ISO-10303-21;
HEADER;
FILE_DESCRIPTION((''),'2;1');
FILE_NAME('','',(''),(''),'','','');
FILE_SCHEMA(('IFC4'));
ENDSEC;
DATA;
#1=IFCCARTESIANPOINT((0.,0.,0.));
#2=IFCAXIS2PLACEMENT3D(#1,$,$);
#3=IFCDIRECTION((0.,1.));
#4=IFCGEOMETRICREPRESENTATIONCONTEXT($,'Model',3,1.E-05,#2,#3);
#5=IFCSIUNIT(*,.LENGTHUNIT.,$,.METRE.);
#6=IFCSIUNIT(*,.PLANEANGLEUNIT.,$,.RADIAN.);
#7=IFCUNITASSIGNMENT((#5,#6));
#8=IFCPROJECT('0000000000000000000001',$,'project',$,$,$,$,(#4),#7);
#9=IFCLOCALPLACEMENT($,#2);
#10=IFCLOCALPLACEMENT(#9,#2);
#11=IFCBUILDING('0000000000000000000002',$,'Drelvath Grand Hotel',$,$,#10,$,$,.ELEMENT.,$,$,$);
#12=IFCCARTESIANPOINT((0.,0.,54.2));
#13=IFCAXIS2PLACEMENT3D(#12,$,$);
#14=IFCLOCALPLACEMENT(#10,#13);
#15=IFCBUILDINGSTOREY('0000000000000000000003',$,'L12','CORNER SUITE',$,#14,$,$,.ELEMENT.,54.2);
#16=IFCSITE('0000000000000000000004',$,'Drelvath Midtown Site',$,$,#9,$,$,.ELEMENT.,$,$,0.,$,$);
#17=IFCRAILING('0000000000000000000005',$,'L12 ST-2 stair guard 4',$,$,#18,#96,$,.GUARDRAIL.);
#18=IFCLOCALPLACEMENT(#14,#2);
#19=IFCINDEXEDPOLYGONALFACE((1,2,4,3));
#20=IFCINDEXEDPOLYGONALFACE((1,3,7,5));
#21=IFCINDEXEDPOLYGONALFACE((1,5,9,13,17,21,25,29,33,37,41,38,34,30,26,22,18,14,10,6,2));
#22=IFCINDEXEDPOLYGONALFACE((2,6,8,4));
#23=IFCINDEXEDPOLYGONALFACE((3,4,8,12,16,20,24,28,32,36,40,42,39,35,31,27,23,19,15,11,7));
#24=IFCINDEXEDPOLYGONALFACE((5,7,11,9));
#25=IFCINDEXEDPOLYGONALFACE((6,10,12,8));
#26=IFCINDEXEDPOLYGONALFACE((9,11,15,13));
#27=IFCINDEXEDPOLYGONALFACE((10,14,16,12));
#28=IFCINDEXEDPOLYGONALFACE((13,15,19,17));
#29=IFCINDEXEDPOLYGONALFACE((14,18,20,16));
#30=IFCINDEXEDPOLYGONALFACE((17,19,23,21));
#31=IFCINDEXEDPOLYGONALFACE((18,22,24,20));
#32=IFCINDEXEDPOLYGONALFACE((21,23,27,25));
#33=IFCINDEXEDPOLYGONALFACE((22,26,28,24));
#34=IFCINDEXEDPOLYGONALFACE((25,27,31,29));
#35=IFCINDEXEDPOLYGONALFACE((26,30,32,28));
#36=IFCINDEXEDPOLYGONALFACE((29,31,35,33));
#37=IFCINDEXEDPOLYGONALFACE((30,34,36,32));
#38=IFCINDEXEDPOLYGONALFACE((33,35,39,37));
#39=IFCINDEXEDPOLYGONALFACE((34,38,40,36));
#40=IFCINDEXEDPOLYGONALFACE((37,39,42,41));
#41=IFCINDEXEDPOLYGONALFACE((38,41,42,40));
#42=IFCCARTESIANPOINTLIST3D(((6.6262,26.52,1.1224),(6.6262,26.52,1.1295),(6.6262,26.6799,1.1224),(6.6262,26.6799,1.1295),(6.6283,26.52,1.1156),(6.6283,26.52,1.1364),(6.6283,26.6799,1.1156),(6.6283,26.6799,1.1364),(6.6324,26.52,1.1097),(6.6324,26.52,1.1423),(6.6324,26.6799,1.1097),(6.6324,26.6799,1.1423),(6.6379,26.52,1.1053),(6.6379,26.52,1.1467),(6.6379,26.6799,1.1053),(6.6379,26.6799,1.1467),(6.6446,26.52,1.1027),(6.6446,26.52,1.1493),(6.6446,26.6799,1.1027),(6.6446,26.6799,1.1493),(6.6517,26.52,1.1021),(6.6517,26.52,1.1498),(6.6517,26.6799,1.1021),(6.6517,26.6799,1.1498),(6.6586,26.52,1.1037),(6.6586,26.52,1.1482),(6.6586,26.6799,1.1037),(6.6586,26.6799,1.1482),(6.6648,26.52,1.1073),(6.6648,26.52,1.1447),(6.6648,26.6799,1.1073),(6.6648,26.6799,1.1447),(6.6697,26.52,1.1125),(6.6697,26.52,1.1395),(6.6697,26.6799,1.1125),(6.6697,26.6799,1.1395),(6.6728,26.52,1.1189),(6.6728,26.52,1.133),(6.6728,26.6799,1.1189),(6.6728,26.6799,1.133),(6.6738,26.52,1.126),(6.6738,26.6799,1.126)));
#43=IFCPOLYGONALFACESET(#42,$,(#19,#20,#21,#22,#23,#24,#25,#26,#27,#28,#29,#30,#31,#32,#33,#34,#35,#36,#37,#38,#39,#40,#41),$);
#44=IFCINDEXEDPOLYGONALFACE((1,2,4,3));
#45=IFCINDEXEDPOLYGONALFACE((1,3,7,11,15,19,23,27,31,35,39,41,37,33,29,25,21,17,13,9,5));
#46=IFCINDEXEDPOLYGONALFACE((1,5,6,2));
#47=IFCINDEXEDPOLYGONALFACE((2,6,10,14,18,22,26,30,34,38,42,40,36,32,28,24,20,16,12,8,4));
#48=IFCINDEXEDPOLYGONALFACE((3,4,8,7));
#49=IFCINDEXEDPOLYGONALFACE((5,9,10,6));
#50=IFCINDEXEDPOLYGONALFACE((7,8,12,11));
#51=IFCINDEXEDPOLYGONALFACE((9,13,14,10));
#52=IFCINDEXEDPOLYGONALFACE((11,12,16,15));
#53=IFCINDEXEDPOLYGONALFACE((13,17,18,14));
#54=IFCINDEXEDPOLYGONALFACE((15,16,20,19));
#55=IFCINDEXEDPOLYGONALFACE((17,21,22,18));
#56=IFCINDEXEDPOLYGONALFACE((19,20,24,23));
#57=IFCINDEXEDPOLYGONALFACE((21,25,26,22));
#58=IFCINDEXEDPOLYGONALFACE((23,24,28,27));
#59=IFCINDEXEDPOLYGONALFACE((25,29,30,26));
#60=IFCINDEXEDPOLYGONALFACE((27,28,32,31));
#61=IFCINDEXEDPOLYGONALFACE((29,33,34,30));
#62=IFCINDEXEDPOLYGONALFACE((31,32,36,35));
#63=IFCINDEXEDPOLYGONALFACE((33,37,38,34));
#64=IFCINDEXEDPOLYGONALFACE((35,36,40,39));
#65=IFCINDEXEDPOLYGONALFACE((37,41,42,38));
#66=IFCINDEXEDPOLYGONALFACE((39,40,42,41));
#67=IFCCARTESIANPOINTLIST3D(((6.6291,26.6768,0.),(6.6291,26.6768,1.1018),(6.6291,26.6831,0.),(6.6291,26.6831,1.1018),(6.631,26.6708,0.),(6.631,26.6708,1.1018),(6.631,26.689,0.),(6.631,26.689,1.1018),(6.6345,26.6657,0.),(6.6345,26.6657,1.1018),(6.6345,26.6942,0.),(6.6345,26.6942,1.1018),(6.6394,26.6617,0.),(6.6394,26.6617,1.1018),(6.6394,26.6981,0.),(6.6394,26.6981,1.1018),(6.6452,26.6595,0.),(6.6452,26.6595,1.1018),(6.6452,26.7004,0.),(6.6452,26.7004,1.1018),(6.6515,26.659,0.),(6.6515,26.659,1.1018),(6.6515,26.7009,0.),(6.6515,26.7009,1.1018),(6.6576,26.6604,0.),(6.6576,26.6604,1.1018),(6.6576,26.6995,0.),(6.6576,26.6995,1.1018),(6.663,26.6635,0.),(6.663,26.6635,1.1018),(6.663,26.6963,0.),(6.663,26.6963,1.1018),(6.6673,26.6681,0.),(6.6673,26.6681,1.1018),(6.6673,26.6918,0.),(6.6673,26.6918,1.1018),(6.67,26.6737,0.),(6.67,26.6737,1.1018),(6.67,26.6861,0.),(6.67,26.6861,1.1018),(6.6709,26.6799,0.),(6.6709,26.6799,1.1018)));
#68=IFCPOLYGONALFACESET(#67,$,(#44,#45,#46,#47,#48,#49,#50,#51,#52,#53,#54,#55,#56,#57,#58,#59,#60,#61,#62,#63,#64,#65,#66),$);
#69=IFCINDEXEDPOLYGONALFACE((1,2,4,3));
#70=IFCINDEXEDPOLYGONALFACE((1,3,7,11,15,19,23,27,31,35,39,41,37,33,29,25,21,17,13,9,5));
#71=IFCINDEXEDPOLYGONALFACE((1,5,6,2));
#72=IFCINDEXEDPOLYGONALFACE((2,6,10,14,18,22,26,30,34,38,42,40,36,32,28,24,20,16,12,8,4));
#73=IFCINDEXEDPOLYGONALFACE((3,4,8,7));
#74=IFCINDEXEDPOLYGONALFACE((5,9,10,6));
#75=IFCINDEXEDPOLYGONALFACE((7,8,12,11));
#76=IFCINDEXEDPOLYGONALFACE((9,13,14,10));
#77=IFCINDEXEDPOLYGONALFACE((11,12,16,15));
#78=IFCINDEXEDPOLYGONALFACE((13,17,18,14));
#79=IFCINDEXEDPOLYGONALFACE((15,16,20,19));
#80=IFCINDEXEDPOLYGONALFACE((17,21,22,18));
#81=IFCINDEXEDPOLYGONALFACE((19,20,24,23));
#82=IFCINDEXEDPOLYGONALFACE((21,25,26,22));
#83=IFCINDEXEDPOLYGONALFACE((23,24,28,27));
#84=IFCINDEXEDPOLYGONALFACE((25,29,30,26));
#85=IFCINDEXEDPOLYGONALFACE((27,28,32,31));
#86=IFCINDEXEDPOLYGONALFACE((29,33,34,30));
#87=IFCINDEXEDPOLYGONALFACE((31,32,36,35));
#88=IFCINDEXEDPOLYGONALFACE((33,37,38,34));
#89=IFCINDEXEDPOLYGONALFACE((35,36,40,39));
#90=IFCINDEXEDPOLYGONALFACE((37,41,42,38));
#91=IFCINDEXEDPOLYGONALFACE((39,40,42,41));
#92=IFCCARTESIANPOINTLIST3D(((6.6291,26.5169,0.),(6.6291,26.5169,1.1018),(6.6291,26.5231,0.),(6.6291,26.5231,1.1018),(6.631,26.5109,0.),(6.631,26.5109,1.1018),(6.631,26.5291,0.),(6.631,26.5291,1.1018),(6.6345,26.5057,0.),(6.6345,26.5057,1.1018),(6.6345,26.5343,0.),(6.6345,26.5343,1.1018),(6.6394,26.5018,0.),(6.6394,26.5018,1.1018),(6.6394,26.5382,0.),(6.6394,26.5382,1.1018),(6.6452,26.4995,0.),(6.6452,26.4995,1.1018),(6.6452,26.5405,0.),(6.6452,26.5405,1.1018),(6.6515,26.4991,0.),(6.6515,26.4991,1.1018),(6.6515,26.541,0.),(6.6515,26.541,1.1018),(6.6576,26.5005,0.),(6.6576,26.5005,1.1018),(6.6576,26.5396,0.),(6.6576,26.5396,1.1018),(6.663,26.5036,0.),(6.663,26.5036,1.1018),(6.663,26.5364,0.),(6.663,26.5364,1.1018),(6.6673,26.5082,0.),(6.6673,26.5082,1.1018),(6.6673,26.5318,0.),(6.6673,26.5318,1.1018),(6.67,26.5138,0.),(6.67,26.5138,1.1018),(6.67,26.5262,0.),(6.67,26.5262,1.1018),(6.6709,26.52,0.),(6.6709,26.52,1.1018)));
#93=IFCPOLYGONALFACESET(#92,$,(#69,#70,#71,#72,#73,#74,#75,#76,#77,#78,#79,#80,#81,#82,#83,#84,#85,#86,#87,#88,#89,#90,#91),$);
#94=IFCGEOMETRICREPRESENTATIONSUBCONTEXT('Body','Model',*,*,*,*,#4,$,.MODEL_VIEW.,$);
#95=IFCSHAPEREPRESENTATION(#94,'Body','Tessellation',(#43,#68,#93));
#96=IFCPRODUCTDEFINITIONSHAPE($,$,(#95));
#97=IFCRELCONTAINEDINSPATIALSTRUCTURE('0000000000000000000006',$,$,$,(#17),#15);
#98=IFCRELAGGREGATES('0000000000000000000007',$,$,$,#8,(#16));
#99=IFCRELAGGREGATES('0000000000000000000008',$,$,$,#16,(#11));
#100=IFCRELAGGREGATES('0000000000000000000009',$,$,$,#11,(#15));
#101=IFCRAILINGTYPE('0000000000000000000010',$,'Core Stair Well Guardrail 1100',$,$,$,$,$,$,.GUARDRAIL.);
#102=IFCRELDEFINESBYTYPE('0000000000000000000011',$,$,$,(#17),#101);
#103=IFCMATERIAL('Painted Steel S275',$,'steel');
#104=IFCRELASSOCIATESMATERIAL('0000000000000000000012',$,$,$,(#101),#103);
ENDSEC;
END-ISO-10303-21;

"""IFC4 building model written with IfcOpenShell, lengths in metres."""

from ifc_helpers import new_model, si_unit, direction, frame, origin, origin_2d, place, context, subcontext, project, spatial, circle, extrude, material, type_object, element, save


model = new_model("IFC4")

# Units and contexts
model_context = context("Model", 3, precision=1e-05, world=origin(), true_north=direction((0.0, 1.0)))
body_context = subcontext(model_context, "Body", "Model", "MODEL_VIEW")
ifc_project = project(units=[si_unit("LENGTHUNIT", "METRE"), si_unit("PLANEANGLEUNIT", "RADIAN")], contexts=[model_context])

# Site, building, storey
site_placement = place(None, origin())
site = spatial("IfcSite", under=ifc_project, at=site_placement, Name="Drelvath Midtown Site", CompositionType="ELEMENT", RefElevation=0.0)
building_placement = place(site_placement, origin())
building = spatial("IfcBuilding", under=site, at=building_placement, Name="Drelvath Grand Hotel", CompositionType="ELEMENT")
storey_placement = place(building_placement, frame((0.0, 0.0, 54.2)))
storey = spatial("IfcBuildingStorey", under=building, at=storey_placement, Name="L12", Description="CORNER SUITE", CompositionType="ELEMENT", Elevation=54.2)

# Shared definitions
ifc_material_1 = material(Name="Painted Steel S275", Category="steel")

# Railing
railing_type_1 = type_object("IfcRailingType", Name="Core Stair Well Guardrail 1100", PredefinedType="GUARDRAIL", material=ifc_material_1)
railing_1_placement = place(storey_placement, frame((6.6499, 26.6799, 0.0)))
element("IfcRailing", 1, at=railing_1_placement, inside=storey, type_object=railing_type_1, Name="L12 ST-2 stair guard 4", PredefinedType="GUARDRAIL", context=body_context, shape_type="SweptSolid", body=[
    extrude(circle(Radius=0.0239, at=origin_2d()), frame((0.0, 0.0, 1.126), z_axis=(0.0, -1.0, 0.0), x_axis=(1.0, 0.0, 0.0)), (0.0, 0.0, 1.0), 0.1599),
    extrude(circle(Radius=0.021, at=origin_2d()), origin(), (0.0, 0.0, 1.0), 1.1018),
    extrude(circle(Radius=0.021, at=origin_2d()), frame((0.0, -0.1599, 0.0)), (0.0, 0.0, 1.0), 1.1018),
])

save(model, "model.ifc")
